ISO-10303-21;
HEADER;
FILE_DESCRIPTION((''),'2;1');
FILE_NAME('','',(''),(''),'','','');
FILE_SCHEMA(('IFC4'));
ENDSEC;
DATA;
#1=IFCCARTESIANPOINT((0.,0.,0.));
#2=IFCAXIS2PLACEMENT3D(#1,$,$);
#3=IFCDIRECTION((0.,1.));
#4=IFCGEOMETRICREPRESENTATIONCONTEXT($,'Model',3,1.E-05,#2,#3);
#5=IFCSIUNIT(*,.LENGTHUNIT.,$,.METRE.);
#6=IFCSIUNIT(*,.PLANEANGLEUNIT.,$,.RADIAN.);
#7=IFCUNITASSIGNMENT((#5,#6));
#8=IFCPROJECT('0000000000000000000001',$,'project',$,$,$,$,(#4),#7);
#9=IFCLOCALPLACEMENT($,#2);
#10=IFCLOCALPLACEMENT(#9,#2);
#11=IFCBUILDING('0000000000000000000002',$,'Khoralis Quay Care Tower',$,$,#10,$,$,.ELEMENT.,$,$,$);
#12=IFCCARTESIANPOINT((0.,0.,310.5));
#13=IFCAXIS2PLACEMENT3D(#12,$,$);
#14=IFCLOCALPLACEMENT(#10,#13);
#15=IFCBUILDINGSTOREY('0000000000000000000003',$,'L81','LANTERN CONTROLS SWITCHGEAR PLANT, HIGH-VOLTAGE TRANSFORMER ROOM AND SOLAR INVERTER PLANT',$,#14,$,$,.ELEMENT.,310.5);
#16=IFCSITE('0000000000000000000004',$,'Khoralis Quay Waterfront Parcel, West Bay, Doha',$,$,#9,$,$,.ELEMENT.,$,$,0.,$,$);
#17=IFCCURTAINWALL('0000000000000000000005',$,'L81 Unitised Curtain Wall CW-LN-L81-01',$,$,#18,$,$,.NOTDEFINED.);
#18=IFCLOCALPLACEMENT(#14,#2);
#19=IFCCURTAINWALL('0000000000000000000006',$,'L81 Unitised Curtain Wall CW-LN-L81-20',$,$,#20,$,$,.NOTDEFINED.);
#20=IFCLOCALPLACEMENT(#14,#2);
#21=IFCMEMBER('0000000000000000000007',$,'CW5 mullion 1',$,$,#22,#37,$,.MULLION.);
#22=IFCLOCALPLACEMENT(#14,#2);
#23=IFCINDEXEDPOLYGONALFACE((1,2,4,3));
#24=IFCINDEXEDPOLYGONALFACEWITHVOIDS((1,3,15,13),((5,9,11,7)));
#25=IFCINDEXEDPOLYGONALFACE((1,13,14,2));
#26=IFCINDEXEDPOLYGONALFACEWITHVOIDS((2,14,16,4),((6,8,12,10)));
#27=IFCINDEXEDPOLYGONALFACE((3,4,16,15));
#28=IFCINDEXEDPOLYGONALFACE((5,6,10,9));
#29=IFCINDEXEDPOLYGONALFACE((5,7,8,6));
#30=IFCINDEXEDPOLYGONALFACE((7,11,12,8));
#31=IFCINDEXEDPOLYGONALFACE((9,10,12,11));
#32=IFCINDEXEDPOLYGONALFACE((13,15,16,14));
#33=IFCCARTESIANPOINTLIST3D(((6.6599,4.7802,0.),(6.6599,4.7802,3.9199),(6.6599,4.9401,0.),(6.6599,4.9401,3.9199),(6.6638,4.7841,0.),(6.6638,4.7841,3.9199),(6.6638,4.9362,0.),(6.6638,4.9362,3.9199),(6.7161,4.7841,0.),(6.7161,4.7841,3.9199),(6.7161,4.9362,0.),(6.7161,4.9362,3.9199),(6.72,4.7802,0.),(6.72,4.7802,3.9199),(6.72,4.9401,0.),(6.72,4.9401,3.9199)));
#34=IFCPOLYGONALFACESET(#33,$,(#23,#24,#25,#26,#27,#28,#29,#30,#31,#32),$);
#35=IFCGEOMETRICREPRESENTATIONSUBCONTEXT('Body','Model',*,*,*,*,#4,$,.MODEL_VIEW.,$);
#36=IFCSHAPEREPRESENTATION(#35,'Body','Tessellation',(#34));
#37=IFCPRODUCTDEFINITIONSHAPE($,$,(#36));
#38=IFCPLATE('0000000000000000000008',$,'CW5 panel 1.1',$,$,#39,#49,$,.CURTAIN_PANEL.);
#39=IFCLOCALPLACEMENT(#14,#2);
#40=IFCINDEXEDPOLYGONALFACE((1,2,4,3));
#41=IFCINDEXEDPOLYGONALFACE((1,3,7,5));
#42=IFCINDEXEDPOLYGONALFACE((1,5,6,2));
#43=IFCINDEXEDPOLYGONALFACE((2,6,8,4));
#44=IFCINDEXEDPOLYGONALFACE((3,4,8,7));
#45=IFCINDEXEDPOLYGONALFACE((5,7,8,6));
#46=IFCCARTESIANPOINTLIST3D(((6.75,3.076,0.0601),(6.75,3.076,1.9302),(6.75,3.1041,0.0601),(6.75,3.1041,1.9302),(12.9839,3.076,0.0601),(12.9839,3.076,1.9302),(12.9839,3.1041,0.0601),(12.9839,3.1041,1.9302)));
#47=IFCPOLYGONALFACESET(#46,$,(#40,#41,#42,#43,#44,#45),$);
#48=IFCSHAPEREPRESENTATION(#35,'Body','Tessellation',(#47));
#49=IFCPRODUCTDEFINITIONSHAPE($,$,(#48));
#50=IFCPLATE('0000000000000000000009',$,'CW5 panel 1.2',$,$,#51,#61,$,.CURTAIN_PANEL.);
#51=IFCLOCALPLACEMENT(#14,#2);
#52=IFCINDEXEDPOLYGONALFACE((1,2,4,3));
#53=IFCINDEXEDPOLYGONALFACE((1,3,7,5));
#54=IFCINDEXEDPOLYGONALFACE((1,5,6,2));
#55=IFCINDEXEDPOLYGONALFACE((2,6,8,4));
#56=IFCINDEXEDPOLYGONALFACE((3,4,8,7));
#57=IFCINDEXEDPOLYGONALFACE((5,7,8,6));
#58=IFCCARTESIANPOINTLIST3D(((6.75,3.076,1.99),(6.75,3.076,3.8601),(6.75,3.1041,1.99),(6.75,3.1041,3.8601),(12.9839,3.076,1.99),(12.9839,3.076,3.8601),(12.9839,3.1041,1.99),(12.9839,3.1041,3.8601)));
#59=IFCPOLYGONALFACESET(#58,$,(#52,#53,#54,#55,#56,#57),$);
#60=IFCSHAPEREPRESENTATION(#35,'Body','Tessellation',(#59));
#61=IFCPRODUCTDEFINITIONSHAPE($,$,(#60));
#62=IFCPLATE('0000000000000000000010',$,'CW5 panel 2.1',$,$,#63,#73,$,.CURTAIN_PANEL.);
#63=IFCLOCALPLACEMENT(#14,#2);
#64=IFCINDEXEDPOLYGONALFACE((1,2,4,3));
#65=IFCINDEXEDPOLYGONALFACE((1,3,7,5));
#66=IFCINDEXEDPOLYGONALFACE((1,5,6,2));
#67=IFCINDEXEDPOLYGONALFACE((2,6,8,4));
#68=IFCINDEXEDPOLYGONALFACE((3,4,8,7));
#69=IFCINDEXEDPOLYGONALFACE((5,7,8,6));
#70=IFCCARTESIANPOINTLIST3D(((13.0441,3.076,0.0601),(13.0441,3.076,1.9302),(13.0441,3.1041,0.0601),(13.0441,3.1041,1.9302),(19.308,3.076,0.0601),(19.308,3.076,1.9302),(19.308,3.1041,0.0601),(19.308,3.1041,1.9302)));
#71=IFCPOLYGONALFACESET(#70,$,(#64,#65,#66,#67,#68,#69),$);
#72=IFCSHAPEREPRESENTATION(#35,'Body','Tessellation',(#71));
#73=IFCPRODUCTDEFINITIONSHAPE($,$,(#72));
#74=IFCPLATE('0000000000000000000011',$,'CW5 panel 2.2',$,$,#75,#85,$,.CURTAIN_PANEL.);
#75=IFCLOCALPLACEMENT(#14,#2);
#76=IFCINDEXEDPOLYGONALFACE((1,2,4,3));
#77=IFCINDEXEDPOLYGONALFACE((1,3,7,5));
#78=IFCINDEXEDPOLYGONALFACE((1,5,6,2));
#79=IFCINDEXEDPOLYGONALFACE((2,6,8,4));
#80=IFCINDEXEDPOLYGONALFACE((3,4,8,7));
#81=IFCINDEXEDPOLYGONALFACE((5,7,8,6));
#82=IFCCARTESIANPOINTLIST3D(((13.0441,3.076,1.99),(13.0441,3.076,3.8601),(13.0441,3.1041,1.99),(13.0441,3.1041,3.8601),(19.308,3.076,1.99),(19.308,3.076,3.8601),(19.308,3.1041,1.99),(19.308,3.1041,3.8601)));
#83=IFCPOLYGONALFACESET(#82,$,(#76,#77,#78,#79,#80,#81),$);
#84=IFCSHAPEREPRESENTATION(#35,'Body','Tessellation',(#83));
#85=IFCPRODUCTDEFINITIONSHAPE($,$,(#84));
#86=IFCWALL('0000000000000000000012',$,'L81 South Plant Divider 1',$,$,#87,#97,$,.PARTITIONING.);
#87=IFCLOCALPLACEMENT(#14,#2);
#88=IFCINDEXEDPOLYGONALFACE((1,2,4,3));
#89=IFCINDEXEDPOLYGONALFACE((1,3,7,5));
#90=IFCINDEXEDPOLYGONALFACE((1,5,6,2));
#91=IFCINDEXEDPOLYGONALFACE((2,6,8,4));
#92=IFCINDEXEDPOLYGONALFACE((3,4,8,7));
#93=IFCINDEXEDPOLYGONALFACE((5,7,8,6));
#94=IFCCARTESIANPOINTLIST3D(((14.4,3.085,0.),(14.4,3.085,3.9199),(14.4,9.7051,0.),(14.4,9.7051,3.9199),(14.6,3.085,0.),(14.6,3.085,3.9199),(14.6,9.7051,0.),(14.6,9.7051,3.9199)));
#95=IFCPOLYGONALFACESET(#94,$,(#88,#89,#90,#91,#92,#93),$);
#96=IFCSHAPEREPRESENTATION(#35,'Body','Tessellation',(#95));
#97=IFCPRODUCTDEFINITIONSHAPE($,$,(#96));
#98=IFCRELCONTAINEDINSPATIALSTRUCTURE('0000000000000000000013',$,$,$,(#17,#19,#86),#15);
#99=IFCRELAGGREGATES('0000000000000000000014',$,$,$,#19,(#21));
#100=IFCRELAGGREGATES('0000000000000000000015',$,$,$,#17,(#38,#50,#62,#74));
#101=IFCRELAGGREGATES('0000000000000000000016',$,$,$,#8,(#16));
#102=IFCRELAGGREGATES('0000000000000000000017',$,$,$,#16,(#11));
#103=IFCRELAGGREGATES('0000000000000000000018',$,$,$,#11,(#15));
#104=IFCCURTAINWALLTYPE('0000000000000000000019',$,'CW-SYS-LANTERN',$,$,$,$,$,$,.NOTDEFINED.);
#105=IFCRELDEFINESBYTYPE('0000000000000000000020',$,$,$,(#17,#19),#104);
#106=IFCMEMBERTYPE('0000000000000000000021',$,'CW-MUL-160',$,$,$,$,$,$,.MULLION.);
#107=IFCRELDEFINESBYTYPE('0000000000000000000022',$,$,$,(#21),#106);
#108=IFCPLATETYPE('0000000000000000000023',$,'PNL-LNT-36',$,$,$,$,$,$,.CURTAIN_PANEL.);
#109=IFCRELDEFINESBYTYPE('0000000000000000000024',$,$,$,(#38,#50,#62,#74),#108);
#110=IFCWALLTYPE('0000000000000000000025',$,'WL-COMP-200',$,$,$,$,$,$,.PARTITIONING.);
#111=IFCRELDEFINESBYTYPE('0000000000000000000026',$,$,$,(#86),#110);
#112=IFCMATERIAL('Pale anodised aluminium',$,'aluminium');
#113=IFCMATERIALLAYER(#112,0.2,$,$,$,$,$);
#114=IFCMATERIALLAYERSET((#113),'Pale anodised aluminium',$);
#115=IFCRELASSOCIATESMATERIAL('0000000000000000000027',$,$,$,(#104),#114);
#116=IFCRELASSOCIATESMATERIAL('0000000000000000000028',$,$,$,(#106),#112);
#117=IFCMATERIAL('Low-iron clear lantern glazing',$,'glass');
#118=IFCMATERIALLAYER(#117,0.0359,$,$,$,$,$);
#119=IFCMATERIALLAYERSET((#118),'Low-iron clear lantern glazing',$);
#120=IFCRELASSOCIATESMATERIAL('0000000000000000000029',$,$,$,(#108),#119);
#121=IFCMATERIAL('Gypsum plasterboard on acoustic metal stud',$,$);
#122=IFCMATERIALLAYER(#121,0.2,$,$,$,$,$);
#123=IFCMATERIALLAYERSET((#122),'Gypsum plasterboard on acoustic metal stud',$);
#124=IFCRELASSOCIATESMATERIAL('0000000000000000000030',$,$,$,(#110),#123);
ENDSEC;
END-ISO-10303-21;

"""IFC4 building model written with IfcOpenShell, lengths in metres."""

from ifc_helpers import new_model, si_unit, direction, frame, frame_2d, origin, origin_2d, place, context, subcontext, project, spatial, rectangle, hollow_rectangle, extrude, source, transform, mapped, material, layer, layer_set, material_profile, profile_set, type_object, element, aggregate, save


model = new_model("IFC4")

# Units and contexts
model_context = context("Model", 3, precision=1e-05, world=origin(), true_north=direction((0.0, 1.0)))
body_context = subcontext(model_context, "Body", "Model", "MODEL_VIEW")
ifc_project = project(units=[si_unit("LENGTHUNIT", "METRE"), si_unit("PLANEANGLEUNIT", "RADIAN")], contexts=[model_context])

# Site, building, storey
site_placement = place(None, origin())
site = spatial("IfcSite", under=ifc_project, at=site_placement, Name="Khoralis Quay Waterfront Parcel, West Bay, Doha", CompositionType="ELEMENT", RefElevation=0.0)
building_placement = place(site_placement, origin())
building = spatial("IfcBuilding", under=site, at=building_placement, Name="Khoralis Quay Care Tower", CompositionType="ELEMENT")
storey_placement = place(building_placement, frame((0.0, 0.0, 310.5)))
storey = spatial("IfcBuildingStorey", under=building, at=storey_placement, Name="L81", Description="LANTERN CONTROLS SWITCHGEAR PLANT, HIGH-VOLTAGE TRANSFORMER ROOM AND SOLAR INVERTER PLANT", CompositionType="ELEMENT", Elevation=310.5)

# Curtain walls
ifc_material_1 = material(Name="Pale anodised aluminium", Category="aluminium")
ifc_layer_1 = layer(ifc_material_1, 0.2)
ifc_layer_set_1 = layer_set([ifc_layer_1], Name="Pale anodised aluminium")
curtain_wall_type = type_object("IfcCurtainWallType", Name="CW-SYS-LANTERN", PredefinedType="NOTDEFINED", material=ifc_layer_set_1)
curtain_wall_1_placement = place(storey_placement, origin())
curtain_wall_1 = element("IfcCurtainWall", 1, at=curtain_wall_1_placement, inside=storey, type_object=curtain_wall_type, Name="L81 Unitised Curtain Wall CW-LN-L81-01", PredefinedType="NOTDEFINED")
curtain_wall_2_placement = place(storey_placement, origin())
curtain_wall_2 = element("IfcCurtainWall", 2, at=curtain_wall_2_placement, inside=storey, type_object=curtain_wall_type, Name="L81 Unitised Curtain Wall CW-LN-L81-20", PredefinedType="NOTDEFINED")

# Member
ifc_material_profile_1 = material_profile(ifc_material_1, hollow_rectangle(XDim=0.0601, YDim=0.1599, WallThickness=0.0039, at=origin_2d()), Name="Pale anodised aluminium")
ifc_profile_set_1 = profile_set([ifc_material_profile_1], Name="Pale anodised aluminium")
member_type_1 = type_object("IfcMemberType", Name="CW-MUL-160", PredefinedType="MULLION", material=ifc_profile_set_1)
shared_shape_1 = source(origin(), body_context, "Body", "SweptSolid", [
    extrude(hollow_rectangle(XDim=0.0601, YDim=0.1599, WallThickness=0.0039, at=origin_2d()), origin(), (0.0, 0.0, 1.0), 3.9199),
])
member_1_placement = place(storey_placement, frame((6.6899, 4.8601, 0.0), z_axis=(0.0, 0.0, 1.0), x_axis=(1.0, 0.0, 0.0)))
member_1 = element("IfcMember", 3, at=member_1_placement, type_object=member_type_1, Name="CW5 mullion 1", PredefinedType="MULLION", context=body_context, shape_type="MappedRepresentation", body=[
    mapped(shared_shape_1, transform((0.0, 0.0, 0.0), scale=1.0)),
])
aggregate(curtain_wall_2, [member_1])

# Plates
ifc_material_2 = material(Name="Low-iron clear lantern glazing", Category="glass")
ifc_layer_2 = layer(ifc_material_2, 0.0359)
ifc_layer_set_2 = layer_set([ifc_layer_2], Name="Low-iron clear lantern glazing")
plate_type = type_object("IfcPlateType", Name="PNL-LNT-36", PredefinedType="CURTAIN_PANEL", material=ifc_layer_set_2)
shared_shape_2 = source(origin(), body_context, "Body", "SweptSolid", [
    extrude(rectangle(XDim=6.2339, YDim=0.0281, at=origin_2d()), origin(), (0.0, 0.0, 1.0), 1.8701),
])
plate_1_placement = place(storey_placement, frame((9.8669, 3.0901, 0.0601), z_axis=(0.0, 0.0, 1.0), x_axis=(1.0, 0.0, 0.0)))
plate_1 = element("IfcPlate", 4, at=plate_1_placement, type_object=plate_type, Name="CW5 panel 1.1", PredefinedType="CURTAIN_PANEL", context=body_context, shape_type="MappedRepresentation", body=[
    mapped(shared_shape_2, transform((0.0, 0.0, 0.0), scale=1.0)),
])
plate_2_placement = place(storey_placement, frame((9.8669, 3.0901, 1.99), z_axis=(0.0, 0.0, 1.0), x_axis=(1.0, 0.0, 0.0)))
plate_2 = element("IfcPlate", 5, at=plate_2_placement, type_object=plate_type, Name="CW5 panel 1.2", PredefinedType="CURTAIN_PANEL", context=body_context, shape_type="MappedRepresentation", body=[
    mapped(shared_shape_2, transform((0.0, 0.0, 0.0), scale=1.0)),
])
shared_shape_3 = source(origin(), body_context, "Body", "SweptSolid", [
    extrude(rectangle(XDim=6.2639, YDim=0.0281, at=origin_2d()), origin(), (0.0, 0.0, 1.0), 1.8701),
])
plate_3_placement = place(storey_placement, frame((16.176, 3.0901, 0.0601), z_axis=(0.0, 0.0, 1.0), x_axis=(1.0, 0.0, 0.0)))
plate_3 = element("IfcPlate", 6, at=plate_3_placement, type_object=plate_type, Name="CW5 panel 2.1", PredefinedType="CURTAIN_PANEL", context=body_context, shape_type="MappedRepresentation", body=[
    mapped(shared_shape_3, transform((0.0, 0.0, 0.0), scale=1.0)),
])
plate_4_placement = place(storey_placement, frame((16.176, 3.0901, 1.99), z_axis=(0.0, 0.0, 1.0), x_axis=(1.0, 0.0, 0.0)))
plate_4 = element("IfcPlate", 7, at=plate_4_placement, type_object=plate_type, Name="CW5 panel 2.2", PredefinedType="CURTAIN_PANEL", context=body_context, shape_type="MappedRepresentation", body=[
    mapped(shared_shape_3, transform((0.0, 0.0, 0.0), scale=1.0)),
])
aggregate(curtain_wall_1, [plate_1, plate_2, plate_3, plate_4])

# Wall
ifc_material_3 = material(Name="Gypsum plasterboard on acoustic metal stud")
ifc_layer_3 = layer(ifc_material_3, 0.2)
ifc_layer_set_3 = layer_set([ifc_layer_3], Name="Gypsum plasterboard on acoustic metal stud")
wall_type = type_object("IfcWallType", Name="WL-COMP-200", PredefinedType="PARTITIONING", material=ifc_layer_set_3)
wall_placement = place(storey_placement, frame((14.5, 3.085, 0.0), z_axis=(0.0, 0.0, 1.0), x_axis=(0.0, 1.0, 0.0)))
element("IfcWall", 8, at=wall_placement, inside=storey, type_object=wall_type, Name="L81 South Plant Divider 1", PredefinedType="PARTITIONING", context=body_context, shape_type="SweptSolid", body=[
    extrude(rectangle(XDim=6.6201, YDim=0.2, at=frame_2d((3.3101, 0.0))), origin(), (0.0, 0.0, 1.0), 3.9199),
])

save(model, "model.ifc")
